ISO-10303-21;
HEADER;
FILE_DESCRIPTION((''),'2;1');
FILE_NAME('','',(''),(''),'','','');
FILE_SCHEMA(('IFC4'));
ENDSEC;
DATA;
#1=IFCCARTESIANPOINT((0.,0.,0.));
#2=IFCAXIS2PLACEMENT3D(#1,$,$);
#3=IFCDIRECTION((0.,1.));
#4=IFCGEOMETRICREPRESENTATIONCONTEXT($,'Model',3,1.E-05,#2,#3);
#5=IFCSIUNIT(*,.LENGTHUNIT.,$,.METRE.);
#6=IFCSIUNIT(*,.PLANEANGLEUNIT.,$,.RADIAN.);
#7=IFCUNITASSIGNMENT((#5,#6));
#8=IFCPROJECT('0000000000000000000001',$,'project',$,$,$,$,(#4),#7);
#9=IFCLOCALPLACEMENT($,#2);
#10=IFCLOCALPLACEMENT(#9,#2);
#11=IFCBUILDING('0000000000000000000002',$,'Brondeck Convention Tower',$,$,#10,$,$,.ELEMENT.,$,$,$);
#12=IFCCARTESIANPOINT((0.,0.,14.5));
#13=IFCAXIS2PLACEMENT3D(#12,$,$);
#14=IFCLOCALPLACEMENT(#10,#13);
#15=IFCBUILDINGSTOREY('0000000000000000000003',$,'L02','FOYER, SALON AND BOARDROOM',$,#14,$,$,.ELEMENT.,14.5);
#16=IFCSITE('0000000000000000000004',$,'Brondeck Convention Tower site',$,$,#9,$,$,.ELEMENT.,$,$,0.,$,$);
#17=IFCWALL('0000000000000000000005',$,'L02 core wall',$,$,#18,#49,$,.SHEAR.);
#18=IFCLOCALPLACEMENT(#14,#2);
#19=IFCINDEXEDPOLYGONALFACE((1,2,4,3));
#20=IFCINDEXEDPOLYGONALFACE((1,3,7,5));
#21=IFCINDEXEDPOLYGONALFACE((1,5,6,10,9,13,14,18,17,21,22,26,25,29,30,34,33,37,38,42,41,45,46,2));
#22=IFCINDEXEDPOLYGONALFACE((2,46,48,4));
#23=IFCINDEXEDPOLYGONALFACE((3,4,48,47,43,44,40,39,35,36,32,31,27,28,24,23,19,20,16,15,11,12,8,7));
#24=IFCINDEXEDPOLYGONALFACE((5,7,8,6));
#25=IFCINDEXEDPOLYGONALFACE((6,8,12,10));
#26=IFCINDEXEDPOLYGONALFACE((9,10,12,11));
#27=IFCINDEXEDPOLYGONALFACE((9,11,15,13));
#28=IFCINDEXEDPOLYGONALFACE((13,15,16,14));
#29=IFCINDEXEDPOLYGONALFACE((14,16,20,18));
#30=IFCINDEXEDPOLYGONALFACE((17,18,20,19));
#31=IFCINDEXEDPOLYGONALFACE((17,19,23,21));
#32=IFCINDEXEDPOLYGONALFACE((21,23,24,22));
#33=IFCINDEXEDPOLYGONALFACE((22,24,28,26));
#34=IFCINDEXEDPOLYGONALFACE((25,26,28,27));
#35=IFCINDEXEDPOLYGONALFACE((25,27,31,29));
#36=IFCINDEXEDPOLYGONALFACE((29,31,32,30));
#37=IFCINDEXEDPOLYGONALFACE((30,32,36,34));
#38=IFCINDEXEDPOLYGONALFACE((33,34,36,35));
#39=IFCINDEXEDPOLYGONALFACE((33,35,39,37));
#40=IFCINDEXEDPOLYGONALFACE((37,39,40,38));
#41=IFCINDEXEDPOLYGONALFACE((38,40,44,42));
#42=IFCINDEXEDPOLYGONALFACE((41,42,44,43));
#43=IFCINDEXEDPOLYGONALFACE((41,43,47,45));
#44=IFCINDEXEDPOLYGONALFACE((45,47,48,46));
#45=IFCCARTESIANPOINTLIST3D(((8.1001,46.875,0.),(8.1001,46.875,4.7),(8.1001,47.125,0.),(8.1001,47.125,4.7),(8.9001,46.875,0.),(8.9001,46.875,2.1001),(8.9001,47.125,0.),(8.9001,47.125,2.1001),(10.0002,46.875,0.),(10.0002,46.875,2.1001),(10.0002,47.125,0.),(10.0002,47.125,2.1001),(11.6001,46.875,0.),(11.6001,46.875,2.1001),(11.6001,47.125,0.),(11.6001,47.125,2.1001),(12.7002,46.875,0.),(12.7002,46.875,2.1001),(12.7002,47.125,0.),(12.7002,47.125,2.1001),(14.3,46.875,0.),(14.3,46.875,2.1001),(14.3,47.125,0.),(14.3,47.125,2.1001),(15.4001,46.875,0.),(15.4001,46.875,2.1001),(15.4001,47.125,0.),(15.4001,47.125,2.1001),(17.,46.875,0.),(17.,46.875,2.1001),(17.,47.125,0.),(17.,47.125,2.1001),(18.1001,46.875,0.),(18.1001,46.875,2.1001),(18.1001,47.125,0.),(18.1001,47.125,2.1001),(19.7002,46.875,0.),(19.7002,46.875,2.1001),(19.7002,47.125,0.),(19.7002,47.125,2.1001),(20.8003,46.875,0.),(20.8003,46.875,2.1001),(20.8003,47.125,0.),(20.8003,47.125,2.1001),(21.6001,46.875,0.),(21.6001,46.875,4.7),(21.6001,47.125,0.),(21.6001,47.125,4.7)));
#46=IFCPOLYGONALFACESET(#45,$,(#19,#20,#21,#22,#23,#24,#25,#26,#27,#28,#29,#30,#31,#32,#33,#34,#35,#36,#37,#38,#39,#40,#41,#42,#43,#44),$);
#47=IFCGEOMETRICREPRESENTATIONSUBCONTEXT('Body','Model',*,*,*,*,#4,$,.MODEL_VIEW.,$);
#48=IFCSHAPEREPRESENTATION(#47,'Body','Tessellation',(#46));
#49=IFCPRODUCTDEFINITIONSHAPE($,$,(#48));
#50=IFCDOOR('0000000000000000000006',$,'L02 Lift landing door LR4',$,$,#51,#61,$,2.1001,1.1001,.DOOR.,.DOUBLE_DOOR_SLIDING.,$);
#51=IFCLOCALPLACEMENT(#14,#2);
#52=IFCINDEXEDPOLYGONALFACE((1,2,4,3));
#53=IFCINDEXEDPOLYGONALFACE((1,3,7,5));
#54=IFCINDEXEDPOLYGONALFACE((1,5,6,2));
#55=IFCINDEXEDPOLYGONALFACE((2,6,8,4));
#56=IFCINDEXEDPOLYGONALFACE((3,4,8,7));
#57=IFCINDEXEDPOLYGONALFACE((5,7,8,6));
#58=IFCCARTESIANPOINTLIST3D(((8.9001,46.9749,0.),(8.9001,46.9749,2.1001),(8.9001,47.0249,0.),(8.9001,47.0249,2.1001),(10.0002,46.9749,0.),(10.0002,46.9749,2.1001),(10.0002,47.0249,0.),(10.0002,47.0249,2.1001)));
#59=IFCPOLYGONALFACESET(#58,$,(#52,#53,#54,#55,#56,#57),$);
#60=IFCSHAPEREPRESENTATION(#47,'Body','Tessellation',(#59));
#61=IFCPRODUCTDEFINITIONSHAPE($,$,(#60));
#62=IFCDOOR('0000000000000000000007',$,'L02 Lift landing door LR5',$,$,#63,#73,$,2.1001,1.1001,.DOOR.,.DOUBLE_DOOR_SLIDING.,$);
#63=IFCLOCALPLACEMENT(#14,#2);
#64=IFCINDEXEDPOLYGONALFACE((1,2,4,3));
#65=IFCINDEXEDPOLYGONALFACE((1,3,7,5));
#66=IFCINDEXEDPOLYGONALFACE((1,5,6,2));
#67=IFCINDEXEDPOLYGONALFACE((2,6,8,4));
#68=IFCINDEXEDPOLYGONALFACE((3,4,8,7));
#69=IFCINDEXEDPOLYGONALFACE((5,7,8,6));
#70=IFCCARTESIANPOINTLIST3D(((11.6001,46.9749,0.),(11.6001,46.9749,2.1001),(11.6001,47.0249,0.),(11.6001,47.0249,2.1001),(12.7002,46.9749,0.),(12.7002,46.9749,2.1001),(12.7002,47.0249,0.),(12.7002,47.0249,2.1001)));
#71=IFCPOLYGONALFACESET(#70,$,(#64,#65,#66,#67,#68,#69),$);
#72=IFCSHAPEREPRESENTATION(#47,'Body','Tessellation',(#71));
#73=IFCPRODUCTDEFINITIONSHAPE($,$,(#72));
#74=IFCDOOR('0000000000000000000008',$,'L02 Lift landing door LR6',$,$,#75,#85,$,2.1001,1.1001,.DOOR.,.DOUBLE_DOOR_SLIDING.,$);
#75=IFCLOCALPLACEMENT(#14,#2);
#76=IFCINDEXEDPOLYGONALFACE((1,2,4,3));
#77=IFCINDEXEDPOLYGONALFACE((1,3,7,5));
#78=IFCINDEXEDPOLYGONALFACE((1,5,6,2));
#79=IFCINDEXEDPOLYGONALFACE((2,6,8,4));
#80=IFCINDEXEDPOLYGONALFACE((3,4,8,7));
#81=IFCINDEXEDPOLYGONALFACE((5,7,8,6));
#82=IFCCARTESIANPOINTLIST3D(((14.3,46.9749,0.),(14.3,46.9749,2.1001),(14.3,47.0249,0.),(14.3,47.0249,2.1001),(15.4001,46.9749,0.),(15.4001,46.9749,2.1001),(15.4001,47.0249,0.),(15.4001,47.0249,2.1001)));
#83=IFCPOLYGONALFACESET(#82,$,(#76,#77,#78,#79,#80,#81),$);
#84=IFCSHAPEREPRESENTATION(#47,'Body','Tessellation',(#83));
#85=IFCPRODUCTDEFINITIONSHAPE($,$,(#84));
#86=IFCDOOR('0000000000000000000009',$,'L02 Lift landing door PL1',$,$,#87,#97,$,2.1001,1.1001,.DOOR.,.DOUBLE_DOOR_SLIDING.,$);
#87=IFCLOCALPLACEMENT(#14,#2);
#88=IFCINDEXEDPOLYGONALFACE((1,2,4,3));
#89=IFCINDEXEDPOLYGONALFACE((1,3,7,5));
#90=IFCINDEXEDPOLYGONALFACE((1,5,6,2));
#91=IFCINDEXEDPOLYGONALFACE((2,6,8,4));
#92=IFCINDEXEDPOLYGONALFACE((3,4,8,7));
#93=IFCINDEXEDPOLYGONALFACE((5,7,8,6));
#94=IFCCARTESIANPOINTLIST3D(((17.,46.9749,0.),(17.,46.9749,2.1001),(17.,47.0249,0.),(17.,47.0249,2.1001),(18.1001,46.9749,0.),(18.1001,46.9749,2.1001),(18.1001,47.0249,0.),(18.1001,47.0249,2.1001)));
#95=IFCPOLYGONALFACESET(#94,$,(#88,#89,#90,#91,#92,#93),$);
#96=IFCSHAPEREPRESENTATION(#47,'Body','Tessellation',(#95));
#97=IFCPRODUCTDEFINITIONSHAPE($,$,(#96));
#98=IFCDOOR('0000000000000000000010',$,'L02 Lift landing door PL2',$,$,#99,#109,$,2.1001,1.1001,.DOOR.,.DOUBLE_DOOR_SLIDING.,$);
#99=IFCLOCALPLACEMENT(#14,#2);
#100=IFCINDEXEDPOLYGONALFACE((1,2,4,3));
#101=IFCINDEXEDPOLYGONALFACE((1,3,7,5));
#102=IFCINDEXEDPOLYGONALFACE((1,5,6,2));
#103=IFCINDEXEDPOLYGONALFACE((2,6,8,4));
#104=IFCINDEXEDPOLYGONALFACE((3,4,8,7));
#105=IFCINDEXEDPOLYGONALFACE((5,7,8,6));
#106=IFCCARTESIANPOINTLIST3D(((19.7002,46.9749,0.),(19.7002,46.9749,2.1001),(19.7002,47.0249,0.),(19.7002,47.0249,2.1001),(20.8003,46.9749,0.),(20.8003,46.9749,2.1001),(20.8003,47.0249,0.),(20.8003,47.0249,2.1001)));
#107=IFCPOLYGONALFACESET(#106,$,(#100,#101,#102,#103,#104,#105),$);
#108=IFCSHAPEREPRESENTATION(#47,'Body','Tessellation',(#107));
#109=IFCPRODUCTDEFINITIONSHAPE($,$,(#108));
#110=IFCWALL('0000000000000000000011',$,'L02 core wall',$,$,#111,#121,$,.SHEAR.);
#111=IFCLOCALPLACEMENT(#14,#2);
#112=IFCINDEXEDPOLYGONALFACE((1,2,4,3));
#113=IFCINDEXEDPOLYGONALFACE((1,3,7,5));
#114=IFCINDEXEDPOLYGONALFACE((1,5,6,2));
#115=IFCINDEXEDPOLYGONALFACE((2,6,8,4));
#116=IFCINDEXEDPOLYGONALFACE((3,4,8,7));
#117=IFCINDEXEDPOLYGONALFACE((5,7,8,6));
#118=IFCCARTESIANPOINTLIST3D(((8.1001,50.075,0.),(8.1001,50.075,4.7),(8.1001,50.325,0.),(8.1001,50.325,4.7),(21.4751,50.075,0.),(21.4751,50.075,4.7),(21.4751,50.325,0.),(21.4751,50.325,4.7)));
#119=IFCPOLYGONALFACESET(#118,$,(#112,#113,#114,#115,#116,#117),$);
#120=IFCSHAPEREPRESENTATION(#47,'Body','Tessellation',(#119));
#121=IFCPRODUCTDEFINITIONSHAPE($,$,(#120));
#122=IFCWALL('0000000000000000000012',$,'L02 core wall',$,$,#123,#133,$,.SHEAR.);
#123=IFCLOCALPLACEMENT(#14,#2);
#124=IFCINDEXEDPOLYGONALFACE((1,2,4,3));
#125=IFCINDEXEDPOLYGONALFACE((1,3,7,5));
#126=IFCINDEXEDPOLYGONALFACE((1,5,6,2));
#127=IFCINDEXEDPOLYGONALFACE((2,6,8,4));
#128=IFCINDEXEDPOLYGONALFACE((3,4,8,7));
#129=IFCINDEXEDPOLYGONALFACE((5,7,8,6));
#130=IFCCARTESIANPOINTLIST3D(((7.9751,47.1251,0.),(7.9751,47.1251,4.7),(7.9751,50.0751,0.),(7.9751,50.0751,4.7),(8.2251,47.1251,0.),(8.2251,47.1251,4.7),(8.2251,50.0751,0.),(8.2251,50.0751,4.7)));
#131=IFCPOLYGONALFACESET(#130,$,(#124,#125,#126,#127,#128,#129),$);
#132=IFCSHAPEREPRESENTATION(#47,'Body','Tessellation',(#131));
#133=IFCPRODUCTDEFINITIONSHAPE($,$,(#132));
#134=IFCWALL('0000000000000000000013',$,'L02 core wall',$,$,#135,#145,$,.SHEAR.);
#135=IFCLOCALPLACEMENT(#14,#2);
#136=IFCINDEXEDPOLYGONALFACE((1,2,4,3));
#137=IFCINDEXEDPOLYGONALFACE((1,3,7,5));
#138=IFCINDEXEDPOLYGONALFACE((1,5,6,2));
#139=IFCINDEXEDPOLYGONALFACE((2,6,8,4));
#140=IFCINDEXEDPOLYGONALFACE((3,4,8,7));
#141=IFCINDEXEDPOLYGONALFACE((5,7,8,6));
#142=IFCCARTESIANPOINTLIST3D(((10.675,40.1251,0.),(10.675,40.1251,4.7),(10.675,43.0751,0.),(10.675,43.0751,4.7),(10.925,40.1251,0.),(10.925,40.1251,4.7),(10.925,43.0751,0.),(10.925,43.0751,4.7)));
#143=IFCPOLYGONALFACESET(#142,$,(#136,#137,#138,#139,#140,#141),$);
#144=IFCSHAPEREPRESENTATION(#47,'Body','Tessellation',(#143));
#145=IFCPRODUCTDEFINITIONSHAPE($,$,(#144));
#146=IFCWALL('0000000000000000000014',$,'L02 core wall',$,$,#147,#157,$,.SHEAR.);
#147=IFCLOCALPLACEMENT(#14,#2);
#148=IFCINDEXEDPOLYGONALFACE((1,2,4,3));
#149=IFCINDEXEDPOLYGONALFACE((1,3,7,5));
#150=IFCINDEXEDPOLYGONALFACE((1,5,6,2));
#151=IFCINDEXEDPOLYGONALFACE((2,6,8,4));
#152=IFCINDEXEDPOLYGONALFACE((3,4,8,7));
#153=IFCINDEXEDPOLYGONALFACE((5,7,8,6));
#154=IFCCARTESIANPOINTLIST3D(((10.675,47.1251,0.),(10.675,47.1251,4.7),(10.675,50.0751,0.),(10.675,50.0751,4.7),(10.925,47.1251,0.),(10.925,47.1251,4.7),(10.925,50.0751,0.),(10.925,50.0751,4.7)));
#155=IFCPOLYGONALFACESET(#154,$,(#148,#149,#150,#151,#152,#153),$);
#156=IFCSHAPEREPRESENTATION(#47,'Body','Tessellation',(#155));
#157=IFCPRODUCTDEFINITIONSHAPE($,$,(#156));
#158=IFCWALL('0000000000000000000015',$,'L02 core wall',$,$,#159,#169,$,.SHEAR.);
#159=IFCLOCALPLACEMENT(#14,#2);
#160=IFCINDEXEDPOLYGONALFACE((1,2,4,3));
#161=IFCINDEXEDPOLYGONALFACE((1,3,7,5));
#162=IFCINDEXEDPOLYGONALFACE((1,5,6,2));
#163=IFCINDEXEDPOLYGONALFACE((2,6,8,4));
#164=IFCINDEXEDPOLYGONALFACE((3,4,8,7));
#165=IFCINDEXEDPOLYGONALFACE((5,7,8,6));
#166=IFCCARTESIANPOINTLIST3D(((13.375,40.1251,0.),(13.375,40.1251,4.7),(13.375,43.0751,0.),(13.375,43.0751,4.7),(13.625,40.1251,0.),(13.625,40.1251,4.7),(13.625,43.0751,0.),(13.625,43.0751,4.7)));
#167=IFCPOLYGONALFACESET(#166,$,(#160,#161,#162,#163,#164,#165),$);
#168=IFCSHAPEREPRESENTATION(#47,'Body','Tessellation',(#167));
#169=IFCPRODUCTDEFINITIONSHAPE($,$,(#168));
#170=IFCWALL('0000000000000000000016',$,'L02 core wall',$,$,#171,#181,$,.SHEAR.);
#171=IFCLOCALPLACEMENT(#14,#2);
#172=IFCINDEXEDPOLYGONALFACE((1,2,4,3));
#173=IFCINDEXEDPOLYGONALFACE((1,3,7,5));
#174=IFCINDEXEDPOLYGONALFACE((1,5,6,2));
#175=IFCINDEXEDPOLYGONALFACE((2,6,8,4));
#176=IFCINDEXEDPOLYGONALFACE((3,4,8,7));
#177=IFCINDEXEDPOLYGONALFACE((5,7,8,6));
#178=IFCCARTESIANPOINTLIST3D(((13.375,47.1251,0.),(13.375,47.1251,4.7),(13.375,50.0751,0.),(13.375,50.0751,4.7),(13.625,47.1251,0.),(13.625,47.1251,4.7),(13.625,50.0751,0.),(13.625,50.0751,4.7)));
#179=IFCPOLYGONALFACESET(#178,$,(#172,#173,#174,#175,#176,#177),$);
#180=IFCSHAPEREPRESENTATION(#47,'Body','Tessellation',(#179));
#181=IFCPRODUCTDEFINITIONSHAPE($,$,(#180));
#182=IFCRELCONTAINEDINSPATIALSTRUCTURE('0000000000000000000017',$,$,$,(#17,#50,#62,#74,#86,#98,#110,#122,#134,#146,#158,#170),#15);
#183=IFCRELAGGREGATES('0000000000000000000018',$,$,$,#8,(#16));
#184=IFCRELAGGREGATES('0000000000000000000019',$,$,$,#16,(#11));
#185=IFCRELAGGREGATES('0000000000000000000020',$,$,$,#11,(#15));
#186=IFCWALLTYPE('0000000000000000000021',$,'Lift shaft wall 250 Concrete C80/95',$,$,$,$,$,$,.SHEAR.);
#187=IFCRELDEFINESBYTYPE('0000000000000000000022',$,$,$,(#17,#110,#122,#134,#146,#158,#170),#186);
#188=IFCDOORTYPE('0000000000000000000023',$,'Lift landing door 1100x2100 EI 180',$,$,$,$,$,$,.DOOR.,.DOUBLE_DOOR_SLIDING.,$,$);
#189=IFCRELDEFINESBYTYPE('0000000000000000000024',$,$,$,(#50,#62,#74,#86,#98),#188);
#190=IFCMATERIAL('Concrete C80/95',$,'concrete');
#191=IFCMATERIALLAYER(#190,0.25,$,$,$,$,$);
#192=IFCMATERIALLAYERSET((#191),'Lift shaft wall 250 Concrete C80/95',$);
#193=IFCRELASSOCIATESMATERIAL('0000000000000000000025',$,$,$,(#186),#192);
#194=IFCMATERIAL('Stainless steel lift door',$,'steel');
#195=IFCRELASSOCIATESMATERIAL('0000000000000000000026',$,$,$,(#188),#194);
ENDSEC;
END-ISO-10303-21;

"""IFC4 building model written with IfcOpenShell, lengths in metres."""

from ifc_helpers import new_model, si_unit, direction, frame, frame_2d, origin, place, context, subcontext, project, spatial, rectangle, extrude, material, layer, layer_set, type_object, element, fill, save


model = new_model("IFC4")

# Units and contexts
model_context = context("Model", 3, precision=1e-05, world=origin(), true_north=direction((0.0, 1.0)))
body_context = subcontext(model_context, "Body", "Model", "MODEL_VIEW")
ifc_project = project(units=[si_unit("LENGTHUNIT", "METRE"), si_unit("PLANEANGLEUNIT", "RADIAN")], contexts=[model_context])

# Site, building, storey
site_placement = place(None, origin())
site = spatial("IfcSite", under=ifc_project, at=site_placement, Name="Brondeck Convention Tower site", CompositionType="ELEMENT", RefElevation=0.0)
building_placement = place(site_placement, origin())
building = spatial("IfcBuilding", under=site, at=building_placement, Name="Brondeck Convention Tower", CompositionType="ELEMENT")
storey_placement = place(building_placement, frame((0.0, 0.0, 14.5)))
storey = spatial("IfcBuildingStorey", under=building, at=storey_placement, Name="L02", Description="FOYER, SALON AND BOARDROOM", CompositionType="ELEMENT", Elevation=14.5)

# Wall, openings, doors
ifc_material_1 = material(Name="Concrete C80/95", Category="concrete")
ifc_layer_1 = layer(ifc_material_1, 0.25)
ifc_layer_set_1 = layer_set([ifc_layer_1], Name="Lift shaft wall 250 Concrete C80/95")
wall_type_1 = type_object("IfcWallType", Name="Lift shaft wall 250 Concrete C80/95", PredefinedType="SHEAR", material=ifc_layer_set_1)
ifc_material_2 = material(Name="Stainless steel lift door", Category="steel")
door_type = type_object("IfcDoorType", Name="Lift landing door 1100x2100 EI 180", OperationType="DOUBLE_DOOR_SLIDING", PredefinedType="DOOR", material=ifc_material_2)
wall_1_placement = place(storey_placement, frame((8.1001, 47.0, 0.0), z_axis=(0.0, 0.0, 1.0), x_axis=(1.0, 0.0, 0.0)))
wall_1 = element("IfcWall", 1, at=wall_1_placement, inside=storey, type_object=wall_type_1, Name="L02 core wall", PredefinedType="SHEAR", context=body_context, shape_type="SweptSolid", body=[
    extrude(rectangle(XDim=13.5, YDim=0.25, at=frame_2d((6.75, 0.0))), origin(), (0.0, 0.0, 1.0), 4.7),
])
opening_1_placement = place(wall_1_placement, frame((0.8, 0.0, 0.0)))
opening_1 = element("IfcOpeningElement", 2, at=opening_1_placement, cuts=wall_1, PredefinedType="OPENING", context=body_context, shape_type="SweptSolid", body=[
    extrude(rectangle(XDim=1.1001, YDim=2.1001, at=frame_2d((0.55, 1.05))), frame((0.0, 0.135, 0.0), z_axis=(0.0, -1.0, 0.0), x_axis=(1.0, 0.0, 0.0)), (0.0, 0.0, 1.0), 0.27),
])
opening_2_placement = place(wall_1_placement, frame((3.5, 0.0, 0.0)))
opening_2 = element("IfcOpeningElement", 3, at=opening_2_placement, cuts=wall_1, PredefinedType="OPENING", context=body_context, shape_type="SweptSolid", body=[
    extrude(rectangle(XDim=1.1001, YDim=2.1001, at=frame_2d((0.55, 1.05))), frame((0.0, 0.135, 0.0), z_axis=(0.0, -1.0, 0.0), x_axis=(1.0, 0.0, 0.0)), (0.0, 0.0, 1.0), 0.27),
])
opening_3_placement = place(wall_1_placement, frame((6.2, 0.0, 0.0)))
opening_3 = element("IfcOpeningElement", 4, at=opening_3_placement, cuts=wall_1, PredefinedType="OPENING", context=body_context, shape_type="SweptSolid", body=[
    extrude(rectangle(XDim=1.1001, YDim=2.1001, at=frame_2d((0.55, 1.05))), frame((0.0, 0.135, 0.0), z_axis=(0.0, -1.0, 0.0), x_axis=(1.0, 0.0, 0.0)), (0.0, 0.0, 1.0), 0.27),
])
opening_4_placement = place(wall_1_placement, frame((8.8999, 0.0, 0.0)))
opening_4 = element("IfcOpeningElement", 5, at=opening_4_placement, cuts=wall_1, PredefinedType="OPENING", context=body_context, shape_type="SweptSolid", body=[
    extrude(rectangle(XDim=1.1001, YDim=2.1001, at=frame_2d((0.55, 1.05))), frame((0.0, 0.135, 0.0), z_axis=(0.0, -1.0, 0.0), x_axis=(1.0, 0.0, 0.0)), (0.0, 0.0, 1.0), 0.27),
])
opening_5_placement = place(wall_1_placement, frame((11.6001, 0.0, 0.0)))
opening_5 = element("IfcOpeningElement", 6, at=opening_5_placement, cuts=wall_1, PredefinedType="OPENING", context=body_context, shape_type="SweptSolid", body=[
    extrude(rectangle(XDim=1.1001, YDim=2.1001, at=frame_2d((0.55, 1.05))), frame((0.0, 0.135, 0.0), z_axis=(0.0, -1.0, 0.0), x_axis=(1.0, 0.0, 0.0)), (0.0, 0.0, 1.0), 0.27),
])
door_1_placement = place(opening_1_placement, origin())
door_1 = element("IfcDoor", 7, at=door_1_placement, inside=storey, type_object=door_type, Name="L02 Lift landing door LR4", OperationType="DOUBLE_DOOR_SLIDING", OverallHeight=2.1001, OverallWidth=1.1001, PredefinedType="DOOR", context=body_context, shape_type="SweptSolid", body=[
    extrude(rectangle(XDim=1.1001, YDim=2.1001, at=frame_2d((0.55, 1.05))), frame((0.0, 0.0249, 0.0), z_axis=(0.0, -1.0, 0.0), x_axis=(1.0, 0.0, 0.0)), (0.0, 0.0, 1.0), 0.05),
])
fill(opening_1, door_1)
door_2_placement = place(opening_2_placement, origin())
door_2 = element("IfcDoor", 8, at=door_2_placement, inside=storey, type_object=door_type, Name="L02 Lift landing door LR5", OperationType="DOUBLE_DOOR_SLIDING", OverallHeight=2.1001, OverallWidth=1.1001, PredefinedType="DOOR", context=body_context, shape_type="SweptSolid", body=[
    extrude(rectangle(XDim=1.1001, YDim=2.1001, at=frame_2d((0.55, 1.05))), frame((0.0, 0.0249, 0.0), z_axis=(0.0, -1.0, 0.0), x_axis=(1.0, 0.0, 0.0)), (0.0, 0.0, 1.0), 0.05),
])
fill(opening_2, door_2)
door_3_placement = place(opening_3_placement, origin())
door_3 = element("IfcDoor", 9, at=door_3_placement, inside=storey, type_object=door_type, Name="L02 Lift landing door LR6", OperationType="DOUBLE_DOOR_SLIDING", OverallHeight=2.1001, OverallWidth=1.1001, PredefinedType="DOOR", context=body_context, shape_type="SweptSolid", body=[
    extrude(rectangle(XDim=1.1001, YDim=2.1001, at=frame_2d((0.55, 1.05))), frame((0.0, 0.0249, 0.0), z_axis=(0.0, -1.0, 0.0), x_axis=(1.0, 0.0, 0.0)), (0.0, 0.0, 1.0), 0.05),
])
fill(opening_3, door_3)
door_4_placement = place(opening_4_placement, origin())
door_4 = element("IfcDoor", 10, at=door_4_placement, inside=storey, type_object=door_type, Name="L02 Lift landing door PL1", OperationType="DOUBLE_DOOR_SLIDING", OverallHeight=2.1001, OverallWidth=1.1001, PredefinedType="DOOR", context=body_context, shape_type="SweptSolid", body=[
    extrude(rectangle(XDim=1.1001, YDim=2.1001, at=frame_2d((0.55, 1.05))), frame((0.0, 0.0249, 0.0), z_axis=(0.0, -1.0, 0.0), x_axis=(1.0, 0.0, 0.0)), (0.0, 0.0, 1.0), 0.05),
])
fill(opening_4, door_4)
door_5_placement = place(opening_5_placement, origin())
door_5 = element("IfcDoor", 11, at=door_5_placement, inside=storey, type_object=door_type, Name="L02 Lift landing door PL2", OperationType="DOUBLE_DOOR_SLIDING", OverallHeight=2.1001, OverallWidth=1.1001, PredefinedType="DOOR", context=body_context, shape_type="SweptSolid", body=[
    extrude(rectangle(XDim=1.1001, YDim=2.1001, at=frame_2d((0.55, 1.05))), frame((0.0, 0.0249, 0.0), z_axis=(0.0, -1.0, 0.0), x_axis=(1.0, 0.0, 0.0)), (0.0, 0.0, 1.0), 0.05),
])
fill(opening_5, door_5)

# Walls
wall_2_placement = place(storey_placement, frame((8.1001, 50.2, 0.0), z_axis=(0.0, 0.0, 1.0), x_axis=(1.0, 0.0, 0.0)))
element("IfcWall", 12, at=wall_2_placement, inside=storey, type_object=wall_type_1, Name="L02 core wall", PredefinedType="SHEAR", context=body_context, shape_type="SweptSolid", body=[
    extrude(rectangle(XDim=13.375, YDim=0.25, at=frame_2d((6.6875, 0.0))), origin(), (0.0, 0.0, 1.0), 4.7),
])
for number, where, z_axis, x_axis, name in (
    (13, (8.1001, 47.125, 0.0), (0.0, 0.0, 1.0), (0.0, 1.0, 0.0), "L02 core wall"),
    (14, (10.8, 40.125, 0.0), (0.0, 0.0, 1.0), (0.0, 1.0, 0.0), "L02 core wall"),
    (15, (10.8, 47.125, 0.0), (0.0, 0.0, 1.0), (0.0, 1.0, 0.0), "L02 core wall"),
    (16, (13.5, 40.125, 0.0), (0.0, 0.0, 1.0), (0.0, 1.0, 0.0), "L02 core wall"),
    (17, (13.5, 47.125, 0.0), (0.0, 0.0, 1.0), (0.0, 1.0, 0.0), "L02 core wall"),
):
    element("IfcWall", number, at=place(storey_placement, frame(where, z_axis=z_axis, x_axis=x_axis)), inside=storey, type_object=wall_type_1, Name=name, PredefinedType="SHEAR", context=body_context, shape_type="SweptSolid", body=[
        extrude(rectangle(XDim=2.95, YDim=0.25, at=frame_2d((1.4751, 0.0))), origin(), (0.0, 0.0, 1.0), 4.7),
    ])

save(model, "model.ifc")
